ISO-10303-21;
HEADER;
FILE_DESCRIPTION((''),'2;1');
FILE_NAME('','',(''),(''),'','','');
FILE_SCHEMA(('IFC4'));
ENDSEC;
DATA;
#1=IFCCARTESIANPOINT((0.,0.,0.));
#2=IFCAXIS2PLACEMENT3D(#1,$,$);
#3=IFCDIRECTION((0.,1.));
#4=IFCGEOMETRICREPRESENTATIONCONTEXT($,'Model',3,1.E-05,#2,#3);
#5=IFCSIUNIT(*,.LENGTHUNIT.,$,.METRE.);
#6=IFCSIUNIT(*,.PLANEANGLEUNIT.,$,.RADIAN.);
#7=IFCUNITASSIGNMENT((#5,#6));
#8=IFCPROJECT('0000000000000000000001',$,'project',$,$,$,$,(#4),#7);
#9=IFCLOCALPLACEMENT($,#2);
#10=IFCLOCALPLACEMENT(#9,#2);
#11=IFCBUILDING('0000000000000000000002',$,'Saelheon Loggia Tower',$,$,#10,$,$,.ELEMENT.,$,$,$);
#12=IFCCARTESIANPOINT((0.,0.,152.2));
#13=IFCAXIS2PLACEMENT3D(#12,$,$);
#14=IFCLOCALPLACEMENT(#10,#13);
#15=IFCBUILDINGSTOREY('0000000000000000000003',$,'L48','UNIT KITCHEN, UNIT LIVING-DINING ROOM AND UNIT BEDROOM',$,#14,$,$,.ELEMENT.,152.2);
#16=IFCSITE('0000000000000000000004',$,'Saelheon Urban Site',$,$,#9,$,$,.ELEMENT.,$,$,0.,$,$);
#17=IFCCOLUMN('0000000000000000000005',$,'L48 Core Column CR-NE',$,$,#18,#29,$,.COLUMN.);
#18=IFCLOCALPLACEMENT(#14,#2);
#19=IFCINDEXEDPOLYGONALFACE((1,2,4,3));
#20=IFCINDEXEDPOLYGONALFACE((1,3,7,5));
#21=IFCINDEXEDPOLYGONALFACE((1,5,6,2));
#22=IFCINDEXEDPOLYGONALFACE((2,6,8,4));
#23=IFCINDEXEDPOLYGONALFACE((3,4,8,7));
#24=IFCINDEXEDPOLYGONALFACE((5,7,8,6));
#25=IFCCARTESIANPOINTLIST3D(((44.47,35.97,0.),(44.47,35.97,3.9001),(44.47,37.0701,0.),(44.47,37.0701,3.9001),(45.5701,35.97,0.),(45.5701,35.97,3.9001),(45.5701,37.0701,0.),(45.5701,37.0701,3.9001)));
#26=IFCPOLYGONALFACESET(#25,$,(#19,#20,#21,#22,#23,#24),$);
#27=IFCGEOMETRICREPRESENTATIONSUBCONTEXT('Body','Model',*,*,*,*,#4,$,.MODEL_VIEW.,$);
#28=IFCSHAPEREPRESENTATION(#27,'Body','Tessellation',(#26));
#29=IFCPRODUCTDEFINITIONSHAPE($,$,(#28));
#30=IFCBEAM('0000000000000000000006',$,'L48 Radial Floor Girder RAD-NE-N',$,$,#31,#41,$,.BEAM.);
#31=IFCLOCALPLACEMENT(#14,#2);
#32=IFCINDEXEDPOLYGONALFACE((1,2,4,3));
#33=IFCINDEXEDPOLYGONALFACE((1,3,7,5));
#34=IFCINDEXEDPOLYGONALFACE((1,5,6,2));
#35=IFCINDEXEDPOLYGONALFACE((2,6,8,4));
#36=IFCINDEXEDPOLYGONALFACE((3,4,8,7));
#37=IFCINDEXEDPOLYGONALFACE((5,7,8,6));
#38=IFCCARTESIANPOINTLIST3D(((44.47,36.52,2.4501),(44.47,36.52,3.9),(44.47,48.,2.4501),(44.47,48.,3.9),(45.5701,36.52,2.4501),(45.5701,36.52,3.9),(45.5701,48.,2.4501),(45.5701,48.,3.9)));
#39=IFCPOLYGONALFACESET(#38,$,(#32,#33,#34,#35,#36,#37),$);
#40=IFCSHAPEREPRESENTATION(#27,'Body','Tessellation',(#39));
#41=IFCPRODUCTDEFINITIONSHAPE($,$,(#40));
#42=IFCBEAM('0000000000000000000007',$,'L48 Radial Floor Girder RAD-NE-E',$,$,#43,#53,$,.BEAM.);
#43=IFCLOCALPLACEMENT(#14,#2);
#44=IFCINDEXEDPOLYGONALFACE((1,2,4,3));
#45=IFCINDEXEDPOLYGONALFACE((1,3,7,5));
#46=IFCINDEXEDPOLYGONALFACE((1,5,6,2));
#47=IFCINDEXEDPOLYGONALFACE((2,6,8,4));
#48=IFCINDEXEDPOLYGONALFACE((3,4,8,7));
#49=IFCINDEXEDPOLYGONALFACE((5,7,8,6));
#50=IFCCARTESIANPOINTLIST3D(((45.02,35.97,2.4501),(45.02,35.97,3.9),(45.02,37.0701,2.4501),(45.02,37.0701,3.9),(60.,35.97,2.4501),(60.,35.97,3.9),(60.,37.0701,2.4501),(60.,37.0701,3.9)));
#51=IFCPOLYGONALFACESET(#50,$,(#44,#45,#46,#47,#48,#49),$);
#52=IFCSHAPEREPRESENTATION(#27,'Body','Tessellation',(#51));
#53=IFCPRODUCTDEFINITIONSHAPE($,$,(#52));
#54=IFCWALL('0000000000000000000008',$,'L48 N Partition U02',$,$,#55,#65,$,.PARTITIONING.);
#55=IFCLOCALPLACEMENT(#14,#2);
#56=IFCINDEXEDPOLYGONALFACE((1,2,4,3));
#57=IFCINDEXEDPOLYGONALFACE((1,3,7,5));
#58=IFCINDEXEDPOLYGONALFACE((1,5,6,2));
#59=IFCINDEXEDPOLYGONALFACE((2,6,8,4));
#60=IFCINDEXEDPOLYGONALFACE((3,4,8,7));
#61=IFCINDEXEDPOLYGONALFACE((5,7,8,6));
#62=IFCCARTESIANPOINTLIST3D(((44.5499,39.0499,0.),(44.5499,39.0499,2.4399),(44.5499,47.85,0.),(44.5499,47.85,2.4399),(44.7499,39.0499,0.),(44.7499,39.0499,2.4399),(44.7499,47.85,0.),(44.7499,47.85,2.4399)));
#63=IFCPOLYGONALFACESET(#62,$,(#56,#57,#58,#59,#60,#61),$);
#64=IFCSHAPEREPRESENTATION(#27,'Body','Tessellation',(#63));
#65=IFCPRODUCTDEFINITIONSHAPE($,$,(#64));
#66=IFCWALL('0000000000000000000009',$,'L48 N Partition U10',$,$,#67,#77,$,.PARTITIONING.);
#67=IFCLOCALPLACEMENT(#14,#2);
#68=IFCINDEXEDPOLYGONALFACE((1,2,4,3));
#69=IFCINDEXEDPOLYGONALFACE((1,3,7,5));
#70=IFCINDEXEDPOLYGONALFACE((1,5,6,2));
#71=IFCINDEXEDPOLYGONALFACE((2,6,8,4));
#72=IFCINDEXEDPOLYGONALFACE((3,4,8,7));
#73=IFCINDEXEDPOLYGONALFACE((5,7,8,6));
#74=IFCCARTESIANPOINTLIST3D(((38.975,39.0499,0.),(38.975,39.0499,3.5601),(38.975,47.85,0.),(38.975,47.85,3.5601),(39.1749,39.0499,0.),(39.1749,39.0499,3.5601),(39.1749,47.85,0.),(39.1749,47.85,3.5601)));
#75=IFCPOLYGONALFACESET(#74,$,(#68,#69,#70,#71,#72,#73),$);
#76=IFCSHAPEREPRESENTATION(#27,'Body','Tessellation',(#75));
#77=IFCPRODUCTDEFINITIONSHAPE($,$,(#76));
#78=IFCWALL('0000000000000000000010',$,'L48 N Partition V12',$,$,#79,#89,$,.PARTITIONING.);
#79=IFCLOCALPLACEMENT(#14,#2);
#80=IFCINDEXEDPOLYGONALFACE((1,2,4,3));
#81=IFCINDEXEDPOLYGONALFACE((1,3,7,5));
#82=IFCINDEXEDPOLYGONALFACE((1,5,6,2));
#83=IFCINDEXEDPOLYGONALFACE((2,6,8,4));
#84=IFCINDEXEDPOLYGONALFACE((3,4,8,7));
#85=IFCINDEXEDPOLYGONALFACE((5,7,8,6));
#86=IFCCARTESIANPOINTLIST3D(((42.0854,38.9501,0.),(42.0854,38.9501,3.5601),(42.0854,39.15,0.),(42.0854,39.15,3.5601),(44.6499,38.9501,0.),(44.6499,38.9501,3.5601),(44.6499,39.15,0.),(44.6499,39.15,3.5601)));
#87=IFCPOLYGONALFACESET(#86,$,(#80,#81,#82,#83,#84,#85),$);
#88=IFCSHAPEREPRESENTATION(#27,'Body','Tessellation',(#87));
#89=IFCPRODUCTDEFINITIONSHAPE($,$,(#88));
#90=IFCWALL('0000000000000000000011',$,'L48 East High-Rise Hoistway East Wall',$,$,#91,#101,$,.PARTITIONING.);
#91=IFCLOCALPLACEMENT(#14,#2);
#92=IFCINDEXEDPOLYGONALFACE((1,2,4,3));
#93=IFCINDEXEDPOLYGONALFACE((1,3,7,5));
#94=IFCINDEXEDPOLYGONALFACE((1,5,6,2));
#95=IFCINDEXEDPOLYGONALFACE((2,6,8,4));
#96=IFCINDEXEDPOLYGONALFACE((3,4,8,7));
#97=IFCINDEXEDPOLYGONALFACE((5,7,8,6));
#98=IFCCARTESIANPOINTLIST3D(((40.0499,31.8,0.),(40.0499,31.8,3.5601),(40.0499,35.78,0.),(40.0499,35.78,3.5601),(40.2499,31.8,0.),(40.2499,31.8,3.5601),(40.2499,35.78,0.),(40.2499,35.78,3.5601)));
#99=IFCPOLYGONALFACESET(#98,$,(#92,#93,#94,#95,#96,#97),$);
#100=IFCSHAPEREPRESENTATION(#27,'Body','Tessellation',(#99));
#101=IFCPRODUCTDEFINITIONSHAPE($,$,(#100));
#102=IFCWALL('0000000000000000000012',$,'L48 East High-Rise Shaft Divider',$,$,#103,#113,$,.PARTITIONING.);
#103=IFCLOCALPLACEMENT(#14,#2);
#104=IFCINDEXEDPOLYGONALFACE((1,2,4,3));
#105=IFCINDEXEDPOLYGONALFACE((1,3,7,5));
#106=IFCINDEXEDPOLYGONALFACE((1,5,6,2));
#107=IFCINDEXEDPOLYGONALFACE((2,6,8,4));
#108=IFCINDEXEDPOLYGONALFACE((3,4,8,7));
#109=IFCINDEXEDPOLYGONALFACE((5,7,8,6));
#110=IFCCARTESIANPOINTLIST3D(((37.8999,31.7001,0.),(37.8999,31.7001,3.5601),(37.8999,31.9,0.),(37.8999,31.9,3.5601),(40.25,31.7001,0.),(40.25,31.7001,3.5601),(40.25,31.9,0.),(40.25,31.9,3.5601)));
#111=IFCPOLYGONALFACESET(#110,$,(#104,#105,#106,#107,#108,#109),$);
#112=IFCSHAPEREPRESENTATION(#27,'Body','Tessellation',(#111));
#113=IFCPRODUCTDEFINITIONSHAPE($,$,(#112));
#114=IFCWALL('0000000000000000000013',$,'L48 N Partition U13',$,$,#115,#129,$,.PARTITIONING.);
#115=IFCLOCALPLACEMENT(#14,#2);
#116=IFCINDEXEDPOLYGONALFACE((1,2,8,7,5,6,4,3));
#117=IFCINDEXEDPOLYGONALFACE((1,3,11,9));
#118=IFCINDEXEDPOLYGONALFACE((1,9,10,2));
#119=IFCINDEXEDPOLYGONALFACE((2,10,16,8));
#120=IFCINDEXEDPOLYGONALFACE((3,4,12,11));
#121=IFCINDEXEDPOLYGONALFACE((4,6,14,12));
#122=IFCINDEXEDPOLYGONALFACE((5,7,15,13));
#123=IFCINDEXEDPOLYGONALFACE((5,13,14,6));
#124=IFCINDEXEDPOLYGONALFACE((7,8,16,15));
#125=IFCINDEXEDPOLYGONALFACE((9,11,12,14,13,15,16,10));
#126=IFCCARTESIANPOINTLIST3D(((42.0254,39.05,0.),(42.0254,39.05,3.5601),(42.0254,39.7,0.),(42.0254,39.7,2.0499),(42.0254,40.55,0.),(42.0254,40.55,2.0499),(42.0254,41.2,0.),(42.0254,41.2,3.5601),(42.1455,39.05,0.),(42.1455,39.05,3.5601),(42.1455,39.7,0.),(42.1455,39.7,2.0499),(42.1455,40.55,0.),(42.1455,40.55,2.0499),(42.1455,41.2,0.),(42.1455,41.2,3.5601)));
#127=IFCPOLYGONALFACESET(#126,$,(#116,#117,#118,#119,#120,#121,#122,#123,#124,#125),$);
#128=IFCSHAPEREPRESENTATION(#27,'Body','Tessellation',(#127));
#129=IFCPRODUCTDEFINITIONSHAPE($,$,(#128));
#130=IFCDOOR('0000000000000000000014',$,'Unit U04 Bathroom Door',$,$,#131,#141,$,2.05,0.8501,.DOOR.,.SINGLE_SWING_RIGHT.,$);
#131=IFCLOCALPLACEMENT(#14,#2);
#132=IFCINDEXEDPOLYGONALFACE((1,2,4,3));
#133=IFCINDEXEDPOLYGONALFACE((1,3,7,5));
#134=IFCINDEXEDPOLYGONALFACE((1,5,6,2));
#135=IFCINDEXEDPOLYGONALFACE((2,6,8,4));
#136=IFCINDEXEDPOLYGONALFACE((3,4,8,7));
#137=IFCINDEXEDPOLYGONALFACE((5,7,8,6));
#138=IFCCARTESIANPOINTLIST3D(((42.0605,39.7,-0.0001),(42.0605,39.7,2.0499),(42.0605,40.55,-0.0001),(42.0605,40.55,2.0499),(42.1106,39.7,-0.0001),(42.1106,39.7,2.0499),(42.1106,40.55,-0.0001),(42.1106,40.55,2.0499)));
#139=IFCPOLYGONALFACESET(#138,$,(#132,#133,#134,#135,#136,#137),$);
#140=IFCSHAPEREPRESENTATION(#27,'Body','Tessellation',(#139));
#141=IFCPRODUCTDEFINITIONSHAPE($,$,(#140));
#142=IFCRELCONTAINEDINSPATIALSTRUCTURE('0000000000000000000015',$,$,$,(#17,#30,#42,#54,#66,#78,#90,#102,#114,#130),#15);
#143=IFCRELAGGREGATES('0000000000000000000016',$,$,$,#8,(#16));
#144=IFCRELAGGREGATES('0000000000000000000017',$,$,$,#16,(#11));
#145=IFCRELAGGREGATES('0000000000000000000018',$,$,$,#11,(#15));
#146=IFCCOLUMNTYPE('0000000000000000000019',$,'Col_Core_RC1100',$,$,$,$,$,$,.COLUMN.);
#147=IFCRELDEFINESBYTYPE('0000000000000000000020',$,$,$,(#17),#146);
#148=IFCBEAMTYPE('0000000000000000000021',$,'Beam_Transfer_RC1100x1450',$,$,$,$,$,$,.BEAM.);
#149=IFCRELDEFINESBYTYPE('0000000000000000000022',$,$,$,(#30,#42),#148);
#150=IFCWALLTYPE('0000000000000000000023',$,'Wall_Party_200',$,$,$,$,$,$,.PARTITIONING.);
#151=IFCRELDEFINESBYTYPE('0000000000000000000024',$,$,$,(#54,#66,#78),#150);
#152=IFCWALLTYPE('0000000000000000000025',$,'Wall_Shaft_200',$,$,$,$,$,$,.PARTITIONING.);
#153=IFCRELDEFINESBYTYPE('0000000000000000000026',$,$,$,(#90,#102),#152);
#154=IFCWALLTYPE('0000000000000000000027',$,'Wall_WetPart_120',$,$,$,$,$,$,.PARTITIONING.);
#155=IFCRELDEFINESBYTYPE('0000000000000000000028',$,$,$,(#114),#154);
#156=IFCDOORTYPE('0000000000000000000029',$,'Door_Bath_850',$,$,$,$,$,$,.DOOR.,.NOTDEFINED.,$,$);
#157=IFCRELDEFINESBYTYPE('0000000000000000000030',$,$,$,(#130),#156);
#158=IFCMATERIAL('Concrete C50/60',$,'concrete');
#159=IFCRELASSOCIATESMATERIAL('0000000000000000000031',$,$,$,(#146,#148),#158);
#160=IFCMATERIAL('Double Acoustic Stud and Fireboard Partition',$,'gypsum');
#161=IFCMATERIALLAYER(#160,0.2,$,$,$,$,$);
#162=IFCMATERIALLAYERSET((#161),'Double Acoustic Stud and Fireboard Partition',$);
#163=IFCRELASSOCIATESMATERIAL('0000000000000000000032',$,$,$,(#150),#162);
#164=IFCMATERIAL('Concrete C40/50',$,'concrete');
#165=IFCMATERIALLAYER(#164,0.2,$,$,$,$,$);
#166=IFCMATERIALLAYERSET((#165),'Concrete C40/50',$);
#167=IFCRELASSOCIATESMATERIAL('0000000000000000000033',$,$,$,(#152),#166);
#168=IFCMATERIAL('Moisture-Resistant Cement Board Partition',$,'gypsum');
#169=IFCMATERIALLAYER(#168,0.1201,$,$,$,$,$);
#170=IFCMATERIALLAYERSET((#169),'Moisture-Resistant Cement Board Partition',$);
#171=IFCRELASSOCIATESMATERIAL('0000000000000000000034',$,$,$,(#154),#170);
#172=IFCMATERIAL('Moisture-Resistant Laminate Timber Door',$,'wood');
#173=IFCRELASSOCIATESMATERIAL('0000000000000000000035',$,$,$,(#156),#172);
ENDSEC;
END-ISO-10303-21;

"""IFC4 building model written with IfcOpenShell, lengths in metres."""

from ifc_helpers import new_model, si_unit, direction, frame, frame_2d, origin, origin_2d, place, context, subcontext, project, spatial, rectangle, extrude, source, transform, mapped, material, layer, layer_set, material_profile, profile_set, type_object, element, fill, save


model = new_model("IFC4")

# Units and contexts
model_context = context("Model", 3, precision=1e-05, world=origin(), true_north=direction((0.0, 1.0)))
body_context = subcontext(model_context, "Body", "Model", "MODEL_VIEW")
ifc_project = project(units=[si_unit("LENGTHUNIT", "METRE"), si_unit("PLANEANGLEUNIT", "RADIAN")], contexts=[model_context])

# Site, building, storey
site_placement = place(None, origin())
site = spatial("IfcSite", under=ifc_project, at=site_placement, Name="Saelheon Urban Site", CompositionType="ELEMENT", RefElevation=0.0)
building_placement = place(site_placement, origin())
building = spatial("IfcBuilding", under=site, at=building_placement, Name="Saelheon Loggia Tower", CompositionType="ELEMENT")
storey_placement = place(building_placement, frame((0.0, 0.0, 152.2)))
storey = spatial("IfcBuildingStorey", under=building, at=storey_placement, Name="L48", Description="UNIT KITCHEN, UNIT LIVING-DINING ROOM AND UNIT BEDROOM", CompositionType="ELEMENT", Elevation=152.2)

# Column
ifc_material_1 = material(Name="Concrete C50/60", Category="concrete")
ifc_material_profile_1 = material_profile(ifc_material_1, rectangle(XDim=1.1001, YDim=1.1001, at=origin_2d()), Name="RC-1100x1100")
ifc_profile_set_1 = profile_set([ifc_material_profile_1], Name="Concrete C50/60")
column_type = type_object("IfcColumnType", Name="Col_Core_RC1100", PredefinedType="COLUMN", material=ifc_profile_set_1)
shared_shape_1 = source(origin(), body_context, "Body", "SweptSolid", [
    extrude(rectangle(XDim=1.1001, YDim=1.1001, at=origin_2d()), origin(), (0.0, 0.0, 1.0), 3.9001),
])
column_placement = place(storey_placement, frame((45.02, 36.52, 0.0), z_axis=(0.0, 0.0, 1.0), x_axis=(1.0, 0.0, 0.0)))
element("IfcColumn", 1, at=column_placement, inside=storey, type_object=column_type, Name="L48 Core Column CR-NE", PredefinedType="COLUMN", context=body_context, shape_type="MappedRepresentation", body=[
    mapped(shared_shape_1, transform((0.0, 0.0, 0.0), scale=1.0)),
])

# Beams
ifc_material_profile_2 = material_profile(ifc_material_1, rectangle(XDim=1.1001, YDim=1.45, at=origin_2d()), Name="RC-1100x1450")
ifc_profile_set_2 = profile_set([ifc_material_profile_2], Name="Concrete C50/60")
beam_type = type_object("IfcBeamType", Name="Beam_Transfer_RC1100x1450", PredefinedType="BEAM", material=ifc_profile_set_2)
shared_shape_2 = source(origin(), body_context, "Body", "SweptSolid", [
    extrude(rectangle(XDim=1.1001, YDim=1.45, at=origin_2d()), origin(), (0.0, 0.0, 1.0), 11.48),
])
beam_1_placement = place(storey_placement, frame((45.02, 36.52, 3.175), z_axis=(0.0, 1.0, 0.0), x_axis=(-1.0, 0.0, 0.0)))
element("IfcBeam", 2, at=beam_1_placement, inside=storey, type_object=beam_type, Name="L48 Radial Floor Girder RAD-NE-N", PredefinedType="BEAM", context=body_context, shape_type="MappedRepresentation", body=[
    mapped(shared_shape_2, transform((0.0, 0.0, 0.0), scale=1.0)),
])
shared_shape_3 = source(origin(), body_context, "Body", "SweptSolid", [
    extrude(rectangle(XDim=1.1001, YDim=1.45, at=origin_2d()), origin(), (0.0, 0.0, 1.0), 14.98),
])
beam_2_placement = place(storey_placement, frame((45.02, 36.52, 3.175), z_axis=(1.0, 0.0, 0.0), x_axis=(0.0, 1.0, 0.0)))
element("IfcBeam", 3, at=beam_2_placement, inside=storey, type_object=beam_type, Name="L48 Radial Floor Girder RAD-NE-E", PredefinedType="BEAM", context=body_context, shape_type="MappedRepresentation", body=[
    mapped(shared_shape_3, transform((0.0, 0.0, 0.0), scale=1.0)),
])

# Walls
ifc_material_2 = material(Name="Double Acoustic Stud and Fireboard Partition", Category="gypsum")
ifc_layer_1 = layer(ifc_material_2, 0.2)
ifc_layer_set_1 = layer_set([ifc_layer_1], Name="Double Acoustic Stud and Fireboard Partition")
wall_type_1 = type_object("IfcWallType", Name="Wall_Party_200", PredefinedType="PARTITIONING", material=ifc_layer_set_1)
wall_1_placement = place(storey_placement, frame((44.6499, 39.05, 0.0), z_axis=(0.0, 0.0, 1.0), x_axis=(0.0, 1.0, 0.0)))
element("IfcWall", 4, at=wall_1_placement, inside=storey, type_object=wall_type_1, Name="L48 N Partition U02", PredefinedType="PARTITIONING", context=body_context, shape_type="SweptSolid", body=[
    extrude(rectangle(XDim=8.8, YDim=0.2, at=frame_2d((4.3999, 0.0))), origin(), (0.0, 0.0, 1.0), 2.4399),
])
wall_2_placement = place(storey_placement, frame((39.075, 39.05, 0.0), z_axis=(0.0, 0.0, 1.0), x_axis=(0.0, 1.0, 0.0)))
element("IfcWall", 5, at=wall_2_placement, inside=storey, type_object=wall_type_1, Name="L48 N Partition U10", PredefinedType="PARTITIONING", context=body_context, shape_type="SweptSolid", body=[
    extrude(rectangle(XDim=8.8, YDim=0.2, at=frame_2d((4.3999, 0.0))), origin(), (0.0, 0.0, 1.0), 3.5601),
])

# Walls
wall_3_placement = place(storey_placement, frame((42.0854, 39.05, 0.0), z_axis=(0.0, 0.0, 1.0), x_axis=(1.0, 0.0, 0.0)))
element("IfcWall", 6, at=wall_3_placement, inside=storey, type_object=wall_type_1, Name="L48 N Partition V12", PredefinedType="PARTITIONING", context=body_context, shape_type="SweptSolid", body=[
    extrude(rectangle(XDim=2.5645, YDim=0.2, at=frame_2d((1.2822, 0.0))), origin(), (0.0, 0.0, 1.0), 3.5601),
])
ifc_material_3 = material(Name="Concrete C40/50", Category="concrete")
ifc_layer_2 = layer(ifc_material_3, 0.2)
ifc_layer_set_2 = layer_set([ifc_layer_2], Name="Concrete C40/50")
wall_type_2 = type_object("IfcWallType", Name="Wall_Shaft_200", PredefinedType="PARTITIONING", material=ifc_layer_set_2)
wall_4_placement = place(storey_placement, frame((40.1499, 31.8, 0.0), z_axis=(0.0, 0.0, 1.0), x_axis=(0.0, 1.0, 0.0)))
element("IfcWall", 7, at=wall_4_placement, inside=storey, type_object=wall_type_2, Name="L48 East High-Rise Hoistway East Wall", PredefinedType="PARTITIONING", context=body_context, shape_type="SweptSolid", body=[
    extrude(rectangle(XDim=3.98, YDim=0.2, at=frame_2d((1.99, 0.0))), origin(), (0.0, 0.0, 1.0), 3.5601),
])
wall_5_placement = place(storey_placement, frame((37.8999, 31.8, 0.0), z_axis=(0.0, 0.0, 1.0), x_axis=(1.0, 0.0, 0.0)))
element("IfcWall", 8, at=wall_5_placement, inside=storey, type_object=wall_type_2, Name="L48 East High-Rise Shaft Divider", PredefinedType="PARTITIONING", context=body_context, shape_type="SweptSolid", body=[
    extrude(rectangle(XDim=2.3501, YDim=0.2, at=frame_2d((1.175, 0.0))), origin(), (0.0, 0.0, 1.0), 3.5601),
])

# Wall, opening, door
ifc_material_4 = material(Name="Moisture-Resistant Cement Board Partition", Category="gypsum")
ifc_layer_3 = layer(ifc_material_4, 0.1201)
ifc_layer_set_3 = layer_set([ifc_layer_3], Name="Moisture-Resistant Cement Board Partition")
wall_type_3 = type_object("IfcWallType", Name="Wall_WetPart_120", PredefinedType="PARTITIONING", material=ifc_layer_set_3)
wall_6_placement = place(storey_placement, frame((42.0854, 39.05, 0.0), z_axis=(0.0, 0.0, 1.0), x_axis=(0.0, 1.0, 0.0)))
wall_6 = element("IfcWall", 9, at=wall_6_placement, inside=storey, type_object=wall_type_3, Name="L48 N Partition U13", PredefinedType="PARTITIONING", context=body_context, shape_type="SweptSolid", body=[
    extrude(rectangle(XDim=2.1499, YDim=0.1201, at=frame_2d((1.075, 0.0))), origin(), (0.0, 0.0, 1.0), 3.5601),
])
opening_1_placement = place(wall_6_placement, frame((0.6499, 0.0, 0.0)))
opening_1 = element("IfcOpeningElement", 10, at=opening_1_placement, cuts=wall_6, PredefinedType="OPENING", context=body_context, shape_type="SweptSolid", body=[
    extrude(rectangle(XDim=0.8501, YDim=2.05, at=frame_2d((0.425, 1.0249))), frame((0.0, 0.072, 0.0), z_axis=(0.0, -1.0, 0.0), x_axis=(1.0, 0.0, 0.0)), (0.0, 0.0, 1.0), 0.144),
])
ifc_material_5 = material(Name="Moisture-Resistant Laminate Timber Door", Category="wood")
door_type_1 = type_object("IfcDoorType", Name="Door_Bath_850", OperationType="NOTDEFINED", PredefinedType="DOOR", material=ifc_material_5)
shared_shape_4 = source(origin(), body_context, "Body", "SweptSolid", [
    extrude(rectangle(XDim=0.8501, YDim=2.05, at=frame_2d((0.425, 1.0249))), frame((0.0, 0.0249, 0.0), z_axis=(0.0, -1.0, 0.0), x_axis=(1.0, 0.0, 0.0)), (0.0, 0.0, 1.0), 0.05),
])
door_1_placement = place(opening_1_placement, origin())
door_1 = element("IfcDoor", 11, at=door_1_placement, inside=storey, type_object=door_type_1, Name="Unit U04 Bathroom Door", OperationType="SINGLE_SWING_RIGHT", OverallHeight=2.05, OverallWidth=0.8501, PredefinedType="DOOR", context=body_context, shape_type="MappedRepresentation", body=[
    mapped(shared_shape_4, transform((0.0, 0.0, 0.0), scale=1.0)),
])
fill(opening_1, door_1)

save(model, "model.ifc")
